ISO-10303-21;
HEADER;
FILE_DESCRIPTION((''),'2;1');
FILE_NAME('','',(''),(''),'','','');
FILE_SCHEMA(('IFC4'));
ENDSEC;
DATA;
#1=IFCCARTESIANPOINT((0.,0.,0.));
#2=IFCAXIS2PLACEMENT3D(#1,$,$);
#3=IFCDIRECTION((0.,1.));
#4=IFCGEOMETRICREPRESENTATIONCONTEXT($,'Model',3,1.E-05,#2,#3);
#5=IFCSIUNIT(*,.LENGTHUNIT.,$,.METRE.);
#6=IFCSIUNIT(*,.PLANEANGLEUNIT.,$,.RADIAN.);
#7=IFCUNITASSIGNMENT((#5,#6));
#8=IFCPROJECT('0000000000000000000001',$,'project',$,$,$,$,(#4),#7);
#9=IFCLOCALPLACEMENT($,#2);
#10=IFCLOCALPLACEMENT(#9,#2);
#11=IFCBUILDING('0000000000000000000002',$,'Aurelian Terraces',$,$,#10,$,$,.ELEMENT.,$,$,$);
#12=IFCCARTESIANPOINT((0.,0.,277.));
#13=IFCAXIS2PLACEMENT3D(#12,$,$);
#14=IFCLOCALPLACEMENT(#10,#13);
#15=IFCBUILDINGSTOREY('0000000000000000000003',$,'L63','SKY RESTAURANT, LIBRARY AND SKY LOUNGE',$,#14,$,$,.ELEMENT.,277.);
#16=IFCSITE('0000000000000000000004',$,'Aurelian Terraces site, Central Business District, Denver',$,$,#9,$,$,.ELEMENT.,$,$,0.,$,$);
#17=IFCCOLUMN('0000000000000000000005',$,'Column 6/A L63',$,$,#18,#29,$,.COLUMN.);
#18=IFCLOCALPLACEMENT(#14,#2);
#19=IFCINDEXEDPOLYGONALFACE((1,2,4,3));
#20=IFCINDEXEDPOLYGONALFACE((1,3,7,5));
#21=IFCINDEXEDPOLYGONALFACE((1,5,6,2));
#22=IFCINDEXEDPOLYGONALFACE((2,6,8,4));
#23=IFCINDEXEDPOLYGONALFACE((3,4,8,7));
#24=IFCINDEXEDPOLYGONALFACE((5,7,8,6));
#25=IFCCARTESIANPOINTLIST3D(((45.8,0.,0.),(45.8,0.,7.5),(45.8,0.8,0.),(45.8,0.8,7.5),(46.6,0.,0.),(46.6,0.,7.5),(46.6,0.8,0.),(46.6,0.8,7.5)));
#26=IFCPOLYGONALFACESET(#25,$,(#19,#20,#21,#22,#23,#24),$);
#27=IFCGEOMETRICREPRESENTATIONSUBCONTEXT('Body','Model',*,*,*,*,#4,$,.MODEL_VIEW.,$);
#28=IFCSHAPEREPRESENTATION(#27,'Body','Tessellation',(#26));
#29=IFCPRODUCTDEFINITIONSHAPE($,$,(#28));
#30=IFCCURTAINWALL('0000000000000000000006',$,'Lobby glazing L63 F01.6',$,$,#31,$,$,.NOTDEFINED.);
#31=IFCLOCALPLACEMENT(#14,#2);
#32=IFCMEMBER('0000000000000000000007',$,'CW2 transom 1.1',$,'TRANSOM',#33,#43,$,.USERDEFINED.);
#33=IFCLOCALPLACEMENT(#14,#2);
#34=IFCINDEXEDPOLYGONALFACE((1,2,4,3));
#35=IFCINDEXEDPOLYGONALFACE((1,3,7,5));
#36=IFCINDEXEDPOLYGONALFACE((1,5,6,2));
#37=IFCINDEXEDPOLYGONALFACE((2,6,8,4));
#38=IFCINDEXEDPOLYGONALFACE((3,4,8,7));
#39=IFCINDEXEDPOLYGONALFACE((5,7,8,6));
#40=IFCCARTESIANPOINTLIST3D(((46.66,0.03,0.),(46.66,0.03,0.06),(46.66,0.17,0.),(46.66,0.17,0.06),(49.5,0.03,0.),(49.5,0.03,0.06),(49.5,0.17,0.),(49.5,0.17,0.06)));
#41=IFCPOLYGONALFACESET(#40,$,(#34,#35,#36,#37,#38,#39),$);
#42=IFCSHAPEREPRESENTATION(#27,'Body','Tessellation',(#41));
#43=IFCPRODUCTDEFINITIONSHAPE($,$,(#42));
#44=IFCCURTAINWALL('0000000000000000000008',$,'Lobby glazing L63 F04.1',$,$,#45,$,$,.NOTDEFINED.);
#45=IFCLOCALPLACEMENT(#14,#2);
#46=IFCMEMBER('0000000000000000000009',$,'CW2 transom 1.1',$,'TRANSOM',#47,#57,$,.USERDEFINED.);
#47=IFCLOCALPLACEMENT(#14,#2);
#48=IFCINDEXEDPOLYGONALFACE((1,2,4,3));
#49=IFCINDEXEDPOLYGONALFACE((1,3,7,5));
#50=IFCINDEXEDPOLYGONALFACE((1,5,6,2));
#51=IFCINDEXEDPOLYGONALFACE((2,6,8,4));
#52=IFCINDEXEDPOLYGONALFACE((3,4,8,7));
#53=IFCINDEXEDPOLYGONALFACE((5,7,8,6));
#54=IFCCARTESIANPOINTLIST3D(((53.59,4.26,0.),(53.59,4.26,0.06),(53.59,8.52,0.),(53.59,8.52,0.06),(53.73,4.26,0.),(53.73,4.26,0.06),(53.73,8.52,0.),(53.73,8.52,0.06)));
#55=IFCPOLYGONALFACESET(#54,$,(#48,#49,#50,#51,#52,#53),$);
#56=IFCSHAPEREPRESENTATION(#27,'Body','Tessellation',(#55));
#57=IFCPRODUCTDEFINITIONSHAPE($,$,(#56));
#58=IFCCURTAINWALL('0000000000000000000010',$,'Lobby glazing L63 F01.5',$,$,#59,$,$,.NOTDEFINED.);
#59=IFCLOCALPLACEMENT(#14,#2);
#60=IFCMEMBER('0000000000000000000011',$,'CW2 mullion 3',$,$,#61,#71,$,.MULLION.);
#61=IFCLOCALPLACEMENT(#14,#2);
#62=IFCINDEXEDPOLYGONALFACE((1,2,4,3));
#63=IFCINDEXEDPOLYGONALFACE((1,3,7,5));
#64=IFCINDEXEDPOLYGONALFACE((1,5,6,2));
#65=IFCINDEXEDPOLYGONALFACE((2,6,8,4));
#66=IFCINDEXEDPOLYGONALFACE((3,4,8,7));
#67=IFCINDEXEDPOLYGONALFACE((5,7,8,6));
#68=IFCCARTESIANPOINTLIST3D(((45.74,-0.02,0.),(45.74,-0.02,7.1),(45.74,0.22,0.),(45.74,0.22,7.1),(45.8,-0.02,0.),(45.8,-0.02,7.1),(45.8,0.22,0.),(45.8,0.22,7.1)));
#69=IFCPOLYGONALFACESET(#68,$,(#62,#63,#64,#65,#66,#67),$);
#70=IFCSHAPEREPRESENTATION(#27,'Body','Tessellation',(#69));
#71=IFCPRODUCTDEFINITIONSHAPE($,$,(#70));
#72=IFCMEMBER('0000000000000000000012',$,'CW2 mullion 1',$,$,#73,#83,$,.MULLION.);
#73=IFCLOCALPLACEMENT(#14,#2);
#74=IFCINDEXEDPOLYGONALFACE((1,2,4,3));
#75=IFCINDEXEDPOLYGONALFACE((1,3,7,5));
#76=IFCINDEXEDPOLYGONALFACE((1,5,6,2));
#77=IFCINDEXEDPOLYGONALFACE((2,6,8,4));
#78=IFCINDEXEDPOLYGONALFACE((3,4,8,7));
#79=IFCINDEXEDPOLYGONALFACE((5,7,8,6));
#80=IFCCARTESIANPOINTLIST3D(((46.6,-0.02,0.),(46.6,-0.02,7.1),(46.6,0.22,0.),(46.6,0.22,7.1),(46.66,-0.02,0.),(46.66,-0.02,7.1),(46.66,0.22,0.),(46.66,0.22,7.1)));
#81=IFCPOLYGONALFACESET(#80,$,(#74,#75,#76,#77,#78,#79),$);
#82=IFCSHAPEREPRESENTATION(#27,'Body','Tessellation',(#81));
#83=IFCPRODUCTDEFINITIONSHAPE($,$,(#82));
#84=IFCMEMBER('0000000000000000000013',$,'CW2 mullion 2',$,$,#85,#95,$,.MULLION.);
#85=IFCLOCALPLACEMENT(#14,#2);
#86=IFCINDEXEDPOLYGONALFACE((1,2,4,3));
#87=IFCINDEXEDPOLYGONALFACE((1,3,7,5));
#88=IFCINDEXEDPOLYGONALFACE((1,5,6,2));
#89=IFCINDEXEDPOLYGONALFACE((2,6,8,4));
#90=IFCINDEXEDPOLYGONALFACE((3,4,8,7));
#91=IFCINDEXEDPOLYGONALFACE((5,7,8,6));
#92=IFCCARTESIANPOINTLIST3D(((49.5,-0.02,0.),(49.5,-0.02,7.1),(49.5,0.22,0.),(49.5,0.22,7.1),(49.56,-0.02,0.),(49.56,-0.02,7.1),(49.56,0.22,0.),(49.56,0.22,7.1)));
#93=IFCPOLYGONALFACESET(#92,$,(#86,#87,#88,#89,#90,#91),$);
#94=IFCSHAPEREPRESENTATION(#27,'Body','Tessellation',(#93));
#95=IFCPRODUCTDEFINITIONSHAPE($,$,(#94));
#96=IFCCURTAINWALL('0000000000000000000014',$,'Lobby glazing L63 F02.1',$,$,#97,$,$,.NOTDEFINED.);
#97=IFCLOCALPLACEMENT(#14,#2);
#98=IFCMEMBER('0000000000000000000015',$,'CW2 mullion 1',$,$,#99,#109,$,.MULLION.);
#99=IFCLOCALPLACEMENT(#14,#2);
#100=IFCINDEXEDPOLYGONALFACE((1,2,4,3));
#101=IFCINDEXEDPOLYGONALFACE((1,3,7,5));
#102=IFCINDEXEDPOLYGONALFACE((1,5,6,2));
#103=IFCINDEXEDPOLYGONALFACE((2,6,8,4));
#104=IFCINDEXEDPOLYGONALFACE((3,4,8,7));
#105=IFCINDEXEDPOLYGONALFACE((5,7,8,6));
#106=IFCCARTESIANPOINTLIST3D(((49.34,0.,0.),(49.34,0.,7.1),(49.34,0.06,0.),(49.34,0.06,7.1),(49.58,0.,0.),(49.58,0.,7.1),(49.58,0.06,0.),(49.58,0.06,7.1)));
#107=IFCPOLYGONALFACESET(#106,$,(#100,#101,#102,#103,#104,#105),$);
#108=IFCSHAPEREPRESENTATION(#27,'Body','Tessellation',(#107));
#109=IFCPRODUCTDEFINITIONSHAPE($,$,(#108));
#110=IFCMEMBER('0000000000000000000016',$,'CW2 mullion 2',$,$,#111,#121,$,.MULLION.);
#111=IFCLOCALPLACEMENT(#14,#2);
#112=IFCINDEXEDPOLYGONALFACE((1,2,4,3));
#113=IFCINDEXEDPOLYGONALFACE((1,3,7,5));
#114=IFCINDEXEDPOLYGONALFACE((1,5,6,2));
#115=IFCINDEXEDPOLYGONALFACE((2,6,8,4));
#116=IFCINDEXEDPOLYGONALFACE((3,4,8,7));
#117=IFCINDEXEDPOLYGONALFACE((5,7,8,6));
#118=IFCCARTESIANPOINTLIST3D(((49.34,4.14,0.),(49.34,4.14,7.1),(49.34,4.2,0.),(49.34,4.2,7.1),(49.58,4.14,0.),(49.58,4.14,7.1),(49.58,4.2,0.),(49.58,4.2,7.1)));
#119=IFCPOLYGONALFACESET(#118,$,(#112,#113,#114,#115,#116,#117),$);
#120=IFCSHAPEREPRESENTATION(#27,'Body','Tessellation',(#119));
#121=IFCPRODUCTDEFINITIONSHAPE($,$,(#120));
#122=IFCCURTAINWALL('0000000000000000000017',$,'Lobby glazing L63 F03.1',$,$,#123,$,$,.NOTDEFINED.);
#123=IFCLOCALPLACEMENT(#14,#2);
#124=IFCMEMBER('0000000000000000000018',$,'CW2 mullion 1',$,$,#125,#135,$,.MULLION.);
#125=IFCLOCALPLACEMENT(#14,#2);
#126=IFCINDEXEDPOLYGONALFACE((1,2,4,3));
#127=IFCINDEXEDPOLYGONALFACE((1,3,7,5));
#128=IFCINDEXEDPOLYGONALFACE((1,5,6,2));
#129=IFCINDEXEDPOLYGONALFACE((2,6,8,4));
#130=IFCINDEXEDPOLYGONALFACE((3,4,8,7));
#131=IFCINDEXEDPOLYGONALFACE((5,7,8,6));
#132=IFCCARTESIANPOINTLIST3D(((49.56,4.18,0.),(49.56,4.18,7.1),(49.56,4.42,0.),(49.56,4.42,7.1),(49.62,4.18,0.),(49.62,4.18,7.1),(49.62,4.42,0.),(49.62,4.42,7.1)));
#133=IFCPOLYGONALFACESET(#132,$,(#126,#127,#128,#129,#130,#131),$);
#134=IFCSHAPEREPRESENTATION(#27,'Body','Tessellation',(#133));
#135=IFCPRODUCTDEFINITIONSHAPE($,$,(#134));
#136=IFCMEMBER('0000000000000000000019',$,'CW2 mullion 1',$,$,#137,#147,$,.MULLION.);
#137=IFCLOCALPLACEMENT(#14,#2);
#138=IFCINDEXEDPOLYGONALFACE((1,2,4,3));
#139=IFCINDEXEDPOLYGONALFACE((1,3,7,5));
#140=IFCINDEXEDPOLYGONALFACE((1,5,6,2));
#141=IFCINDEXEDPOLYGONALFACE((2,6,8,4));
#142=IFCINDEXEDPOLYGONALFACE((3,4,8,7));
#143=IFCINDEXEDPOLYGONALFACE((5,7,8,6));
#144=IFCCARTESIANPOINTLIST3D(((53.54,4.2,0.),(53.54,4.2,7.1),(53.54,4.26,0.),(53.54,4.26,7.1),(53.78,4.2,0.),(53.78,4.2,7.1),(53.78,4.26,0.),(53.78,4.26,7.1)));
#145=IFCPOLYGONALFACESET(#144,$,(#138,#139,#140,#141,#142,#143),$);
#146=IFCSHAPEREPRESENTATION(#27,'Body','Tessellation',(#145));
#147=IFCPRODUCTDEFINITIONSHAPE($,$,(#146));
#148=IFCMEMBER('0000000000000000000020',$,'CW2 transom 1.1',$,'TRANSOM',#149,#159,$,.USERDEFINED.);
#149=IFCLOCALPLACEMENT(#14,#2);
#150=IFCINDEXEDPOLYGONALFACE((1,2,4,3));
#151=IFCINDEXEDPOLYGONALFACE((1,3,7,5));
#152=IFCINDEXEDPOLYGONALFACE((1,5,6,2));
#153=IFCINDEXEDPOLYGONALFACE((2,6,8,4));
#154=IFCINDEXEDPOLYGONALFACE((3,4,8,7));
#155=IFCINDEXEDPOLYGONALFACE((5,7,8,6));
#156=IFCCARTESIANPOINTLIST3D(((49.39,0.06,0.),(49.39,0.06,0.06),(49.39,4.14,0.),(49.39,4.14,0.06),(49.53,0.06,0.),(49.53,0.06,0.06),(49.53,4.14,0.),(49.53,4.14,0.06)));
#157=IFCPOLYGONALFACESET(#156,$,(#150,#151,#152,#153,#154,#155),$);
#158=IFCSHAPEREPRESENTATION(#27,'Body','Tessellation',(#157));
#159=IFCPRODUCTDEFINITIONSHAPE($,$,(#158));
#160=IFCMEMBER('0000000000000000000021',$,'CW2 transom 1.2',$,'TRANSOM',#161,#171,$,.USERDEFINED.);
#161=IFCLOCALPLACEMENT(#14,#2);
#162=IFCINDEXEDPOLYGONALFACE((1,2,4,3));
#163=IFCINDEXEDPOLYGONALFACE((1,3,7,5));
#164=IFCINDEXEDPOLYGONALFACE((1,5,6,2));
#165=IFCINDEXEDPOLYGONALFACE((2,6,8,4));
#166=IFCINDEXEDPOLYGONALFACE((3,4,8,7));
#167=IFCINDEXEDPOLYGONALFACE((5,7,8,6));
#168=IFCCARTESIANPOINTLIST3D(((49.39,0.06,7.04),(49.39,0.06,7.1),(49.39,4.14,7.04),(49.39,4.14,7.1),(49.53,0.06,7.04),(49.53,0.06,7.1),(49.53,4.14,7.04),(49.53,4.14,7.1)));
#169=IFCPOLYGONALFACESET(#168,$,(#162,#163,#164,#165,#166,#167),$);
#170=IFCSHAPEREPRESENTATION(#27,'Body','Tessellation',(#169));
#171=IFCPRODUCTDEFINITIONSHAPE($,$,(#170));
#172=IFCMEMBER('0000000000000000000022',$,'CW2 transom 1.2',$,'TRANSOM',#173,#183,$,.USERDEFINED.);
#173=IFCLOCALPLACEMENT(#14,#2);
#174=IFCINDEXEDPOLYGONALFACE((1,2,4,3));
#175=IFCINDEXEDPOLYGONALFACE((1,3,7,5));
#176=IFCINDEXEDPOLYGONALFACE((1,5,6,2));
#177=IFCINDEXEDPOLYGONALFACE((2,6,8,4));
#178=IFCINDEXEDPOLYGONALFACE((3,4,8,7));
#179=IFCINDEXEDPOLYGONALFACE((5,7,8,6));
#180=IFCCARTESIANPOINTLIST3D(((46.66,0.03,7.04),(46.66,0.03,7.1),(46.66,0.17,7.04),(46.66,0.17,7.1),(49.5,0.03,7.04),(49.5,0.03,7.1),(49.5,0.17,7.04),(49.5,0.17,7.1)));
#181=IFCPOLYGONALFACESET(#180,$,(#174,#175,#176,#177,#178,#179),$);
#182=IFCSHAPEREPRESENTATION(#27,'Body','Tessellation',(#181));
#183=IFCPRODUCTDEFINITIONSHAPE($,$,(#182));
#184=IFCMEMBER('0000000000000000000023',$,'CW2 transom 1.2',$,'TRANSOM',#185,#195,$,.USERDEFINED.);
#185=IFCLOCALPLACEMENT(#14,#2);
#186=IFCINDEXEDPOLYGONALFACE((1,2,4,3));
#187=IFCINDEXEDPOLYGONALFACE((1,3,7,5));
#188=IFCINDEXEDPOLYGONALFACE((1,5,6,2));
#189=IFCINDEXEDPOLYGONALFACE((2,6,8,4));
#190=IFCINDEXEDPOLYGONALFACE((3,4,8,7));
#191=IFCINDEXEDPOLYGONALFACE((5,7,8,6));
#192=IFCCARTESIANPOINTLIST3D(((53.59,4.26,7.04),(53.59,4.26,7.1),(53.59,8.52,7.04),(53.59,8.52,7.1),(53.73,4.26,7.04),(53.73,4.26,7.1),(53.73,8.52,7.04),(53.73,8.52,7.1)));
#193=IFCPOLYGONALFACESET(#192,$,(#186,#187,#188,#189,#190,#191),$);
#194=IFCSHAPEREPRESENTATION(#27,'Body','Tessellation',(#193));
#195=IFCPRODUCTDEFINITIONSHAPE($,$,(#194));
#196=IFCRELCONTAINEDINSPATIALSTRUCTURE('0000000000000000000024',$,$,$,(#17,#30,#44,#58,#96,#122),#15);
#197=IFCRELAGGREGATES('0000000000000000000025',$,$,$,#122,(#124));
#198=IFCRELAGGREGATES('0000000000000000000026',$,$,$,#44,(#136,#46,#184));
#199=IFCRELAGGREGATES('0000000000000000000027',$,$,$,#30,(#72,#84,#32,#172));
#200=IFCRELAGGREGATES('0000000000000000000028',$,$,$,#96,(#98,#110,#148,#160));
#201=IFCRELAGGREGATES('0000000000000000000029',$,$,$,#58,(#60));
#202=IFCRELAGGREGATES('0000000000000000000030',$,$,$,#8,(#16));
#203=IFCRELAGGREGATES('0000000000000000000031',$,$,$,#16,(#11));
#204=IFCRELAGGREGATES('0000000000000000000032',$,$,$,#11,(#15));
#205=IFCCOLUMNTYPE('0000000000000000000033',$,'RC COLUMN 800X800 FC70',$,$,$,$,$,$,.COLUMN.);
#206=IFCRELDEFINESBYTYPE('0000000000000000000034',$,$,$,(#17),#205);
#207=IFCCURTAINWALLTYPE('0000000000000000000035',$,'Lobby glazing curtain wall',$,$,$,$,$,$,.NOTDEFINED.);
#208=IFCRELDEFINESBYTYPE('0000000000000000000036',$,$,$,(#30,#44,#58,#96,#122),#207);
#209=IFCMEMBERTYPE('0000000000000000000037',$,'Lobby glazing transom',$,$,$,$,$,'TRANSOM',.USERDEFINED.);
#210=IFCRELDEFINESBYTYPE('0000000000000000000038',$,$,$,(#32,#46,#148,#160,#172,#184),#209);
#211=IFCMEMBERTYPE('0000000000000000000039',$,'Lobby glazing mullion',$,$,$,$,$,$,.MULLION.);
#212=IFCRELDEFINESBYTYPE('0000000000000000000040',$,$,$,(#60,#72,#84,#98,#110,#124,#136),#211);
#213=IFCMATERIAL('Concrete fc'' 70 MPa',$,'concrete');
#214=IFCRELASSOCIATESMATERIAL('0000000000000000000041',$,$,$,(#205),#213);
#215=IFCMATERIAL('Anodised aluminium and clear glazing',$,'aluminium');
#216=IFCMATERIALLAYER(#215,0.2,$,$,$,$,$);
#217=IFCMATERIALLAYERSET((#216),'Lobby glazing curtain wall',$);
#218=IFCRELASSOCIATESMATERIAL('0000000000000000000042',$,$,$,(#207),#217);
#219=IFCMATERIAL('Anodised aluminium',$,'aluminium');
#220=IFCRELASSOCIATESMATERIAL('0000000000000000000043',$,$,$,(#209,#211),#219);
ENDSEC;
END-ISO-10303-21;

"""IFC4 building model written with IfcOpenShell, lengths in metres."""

from ifc_helpers import new_model, si_unit, direction, frame, origin, origin_2d, place, context, subcontext, project, spatial, rectangle, extrude, source, transform, mapped, material, layer, layer_set, material_profile, profile_set, type_object, element, aggregate, save


model = new_model("IFC4")

# Units and contexts
model_context = context("Model", 3, precision=1e-05, world=origin(), true_north=direction((0.0, 1.0)))
body_context = subcontext(model_context, "Body", "Model", "MODEL_VIEW")
ifc_project = project(units=[si_unit("LENGTHUNIT", "METRE"), si_unit("PLANEANGLEUNIT", "RADIAN")], contexts=[model_context])

# Site, building, storey
site_placement = place(None, origin())
site = spatial("IfcSite", under=ifc_project, at=site_placement, Name="Aurelian Terraces site, Central Business District, Denver", CompositionType="ELEMENT", RefElevation=0.0)
building_placement = place(site_placement, origin())
building = spatial("IfcBuilding", under=site, at=building_placement, Name="Aurelian Terraces", CompositionType="ELEMENT")
storey_placement = place(building_placement, frame((0.0, 0.0, 277.0)))
storey = spatial("IfcBuildingStorey", under=building, at=storey_placement, Name="L63", Description="SKY RESTAURANT, LIBRARY AND SKY LOUNGE", CompositionType="ELEMENT", Elevation=277.0)

# Column
ifc_material_1 = material(Name="Concrete fc' 70 MPa", Category="concrete")
ifc_material_profile_1 = material_profile(ifc_material_1, rectangle(XDim=0.8, YDim=0.8, at=origin_2d()))
ifc_profile_set_1 = profile_set([ifc_material_profile_1], Name="Concrete fc' 70 MPa")
column_type = type_object("IfcColumnType", Name="RC COLUMN 800X800 FC70", PredefinedType="COLUMN", material=ifc_profile_set_1)
shared_shape_1 = source(origin(), body_context, "Body", "SweptSolid", [
    extrude(rectangle(XDim=0.8, YDim=0.8, at=origin_2d()), origin(), (0.0, 0.0, 1.0), 7.5),
])
column_placement = place(storey_placement, frame((46.2, 0.4, 0.0), z_axis=(0.0, 0.0, 1.0), x_axis=(1.0, 0.0, 0.0)))
element("IfcColumn", 1, at=column_placement, inside=storey, type_object=column_type, Name="Column 6/A L63", PredefinedType="COLUMN", context=body_context, shape_type="MappedRepresentation", body=[
    mapped(shared_shape_1, transform((0.0, 0.0, 0.0), scale=1.0)),
])

# Curtain walls, members
ifc_material_2 = material(Name="Anodised aluminium and clear glazing", Category="aluminium")
ifc_layer_1 = layer(ifc_material_2, 0.2)
ifc_layer_set_1 = layer_set([ifc_layer_1], Name="Lobby glazing curtain wall")
curtain_wall_type = type_object("IfcCurtainWallType", Name="Lobby glazing curtain wall", PredefinedType="NOTDEFINED", material=ifc_layer_set_1)
curtain_wall_1_placement = place(storey_placement, origin())
curtain_wall_1 = element("IfcCurtainWall", 2, at=curtain_wall_1_placement, inside=storey, type_object=curtain_wall_type, Name="Lobby glazing L63 F01.6", PredefinedType="NOTDEFINED")
ifc_material_3 = material(Name="Anodised aluminium", Category="aluminium")
ifc_material_profile_2 = material_profile(ifc_material_3, rectangle(XDim=0.14, YDim=0.06, at=origin_2d()))
ifc_profile_set_2 = profile_set([ifc_material_profile_2], Name="Anodised aluminium")
member_type_1 = type_object("IfcMemberType", Name="Lobby glazing transom", ElementType="TRANSOM", PredefinedType="USERDEFINED", material=ifc_profile_set_2)
member_1_placement = place(storey_placement, frame((46.66, 0.1, 0.03), z_axis=(1.0, 0.0, 0.0), x_axis=(0.0, 1.0, 0.0)))
member_1 = element("IfcMember", 3, at=member_1_placement, type_object=member_type_1, Name="CW2 transom 1.1", ObjectType="TRANSOM", PredefinedType="USERDEFINED", context=body_context, shape_type="SweptSolid", body=[
    extrude(rectangle(XDim=0.14, YDim=0.06, at=origin_2d()), origin(), (0.0, 0.0, 1.0), 2.84),
])
curtain_wall_2_placement = place(storey_placement, origin())
curtain_wall_2 = element("IfcCurtainWall", 4, at=curtain_wall_2_placement, inside=storey, type_object=curtain_wall_type, Name="Lobby glazing L63 F04.1", PredefinedType="NOTDEFINED")
member_2_placement = place(storey_placement, frame((53.66, 4.26, 0.03), z_axis=(0.0, 1.0, 0.0), x_axis=(-1.0, 0.0, 0.0)))
member_2 = element("IfcMember", 5, at=member_2_placement, type_object=member_type_1, Name="CW2 transom 1.1", ObjectType="TRANSOM", PredefinedType="USERDEFINED", context=body_context, shape_type="SweptSolid", body=[
    extrude(rectangle(XDim=0.14, YDim=0.06, at=origin_2d()), origin(), (0.0, 0.0, 1.0), 4.26),
])
curtain_wall_3_placement = place(storey_placement, origin())
curtain_wall_3 = element("IfcCurtainWall", 6, at=curtain_wall_3_placement, inside=storey, type_object=curtain_wall_type, Name="Lobby glazing L63 F01.5", PredefinedType="NOTDEFINED")
ifc_material_profile_3 = material_profile(ifc_material_3, rectangle(XDim=0.24, YDim=0.06, at=origin_2d()))
ifc_profile_set_3 = profile_set([ifc_material_profile_3], Name="Anodised aluminium")
member_type_2 = type_object("IfcMemberType", Name="Lobby glazing mullion", PredefinedType="MULLION", material=ifc_profile_set_3)
shared_shape_2 = source(origin(), body_context, "Body", "SweptSolid", [
    extrude(rectangle(XDim=0.24, YDim=0.06, at=origin_2d()), origin(), (0.0, 0.0, 1.0), 7.1),
])
member_3_placement = place(storey_placement, frame((45.77, 0.1, 0.0), z_axis=(0.0, 0.0, 1.0), x_axis=(0.0, 1.0, 0.0)))
member_3 = element("IfcMember", 7, at=member_3_placement, type_object=member_type_2, Name="CW2 mullion 3", PredefinedType="MULLION", context=body_context, shape_type="MappedRepresentation", body=[
    mapped(shared_shape_2, transform((0.0, 0.0, 0.0), scale=1.0)),
])

# Members
member_4_placement = place(storey_placement, frame((46.63, 0.1, 0.0), z_axis=(0.0, 0.0, 1.0), x_axis=(0.0, 1.0, 0.0)))
member_4 = element("IfcMember", 8, at=member_4_placement, type_object=member_type_2, Name="CW2 mullion 1", PredefinedType="MULLION", context=body_context, shape_type="MappedRepresentation", body=[
    mapped(shared_shape_2, transform((0.0, 0.0, 0.0), scale=1.0)),
])
member_5_placement = place(storey_placement, frame((49.53, 0.1, 0.0), z_axis=(0.0, 0.0, 1.0), x_axis=(0.0, 1.0, 0.0)))
member_5 = element("IfcMember", 9, at=member_5_placement, type_object=member_type_2, Name="CW2 mullion 2", PredefinedType="MULLION", context=body_context, shape_type="MappedRepresentation", body=[
    mapped(shared_shape_2, transform((0.0, 0.0, 0.0), scale=1.0)),
])

# Curtain wall, members
curtain_wall_4_placement = place(storey_placement, origin())
curtain_wall_4 = element("IfcCurtainWall", 10, at=curtain_wall_4_placement, inside=storey, type_object=curtain_wall_type, Name="Lobby glazing L63 F02.1", PredefinedType="NOTDEFINED")
member_6_placement = place(storey_placement, frame((49.46, 0.03, 0.0), z_axis=(0.0, 0.0, 1.0), x_axis=(-1.0, 0.0, 0.0)))
member_6 = element("IfcMember", 11, at=member_6_placement, type_object=member_type_2, Name="CW2 mullion 1", PredefinedType="MULLION", context=body_context, shape_type="MappedRepresentation", body=[
    mapped(shared_shape_2, transform((0.0, 0.0, 0.0), scale=1.0)),
])
member_7_placement = place(storey_placement, frame((49.46, 4.17, 0.0), z_axis=(0.0, 0.0, 1.0), x_axis=(-1.0, 0.0, 0.0)))
member_7 = element("IfcMember", 12, at=member_7_placement, type_object=member_type_2, Name="CW2 mullion 2", PredefinedType="MULLION", context=body_context, shape_type="MappedRepresentation", body=[
    mapped(shared_shape_2, transform((0.0, 0.0, 0.0), scale=1.0)),
])

# Curtain wall, member
curtain_wall_5_placement = place(storey_placement, origin())
curtain_wall_5 = element("IfcCurtainWall", 13, at=curtain_wall_5_placement, inside=storey, type_object=curtain_wall_type, Name="Lobby glazing L63 F03.1", PredefinedType="NOTDEFINED")
member_8_placement = place(storey_placement, frame((49.59, 4.3, 0.0), z_axis=(0.0, 0.0, 1.0), x_axis=(0.0, 1.0, 0.0)))
member_8 = element("IfcMember", 14, at=member_8_placement, type_object=member_type_2, Name="CW2 mullion 1", PredefinedType="MULLION", context=body_context, shape_type="MappedRepresentation", body=[
    mapped(shared_shape_2, transform((0.0, 0.0, 0.0), scale=1.0)),
])
aggregate(curtain_wall_5, [member_8])

# Members
member_9_placement = place(storey_placement, frame((53.66, 4.23, 0.0), z_axis=(0.0, 0.0, 1.0), x_axis=(-1.0, 0.0, 0.0)))
member_9 = element("IfcMember", 15, at=member_9_placement, type_object=member_type_2, Name="CW2 mullion 1", PredefinedType="MULLION", context=body_context, shape_type="MappedRepresentation", body=[
    mapped(shared_shape_2, transform((0.0, 0.0, 0.0), scale=1.0)),
])
shared_shape_3 = source(origin(), body_context, "Body", "SweptSolid", [
    extrude(rectangle(XDim=0.14, YDim=0.06, at=origin_2d()), origin(), (0.0, 0.0, 1.0), 4.08),
])
member_10_placement = place(storey_placement, frame((49.46, 0.06, 0.03), z_axis=(0.0, 1.0, 0.0), x_axis=(-1.0, 0.0, 0.0)))
member_10 = element("IfcMember", 16, at=member_10_placement, type_object=member_type_1, Name="CW2 transom 1.1", ObjectType="TRANSOM", PredefinedType="USERDEFINED", context=body_context, shape_type="MappedRepresentation", body=[
    mapped(shared_shape_3, transform((0.0, 0.0, 0.0), scale=1.0)),
])
member_11_placement = place(storey_placement, frame((49.46, 0.06, 7.07), z_axis=(0.0, 1.0, 0.0), x_axis=(-1.0, 0.0, 0.0)))
member_11 = element("IfcMember", 17, at=member_11_placement, type_object=member_type_1, Name="CW2 transom 1.2", ObjectType="TRANSOM", PredefinedType="USERDEFINED", context=body_context, shape_type="MappedRepresentation", body=[
    mapped(shared_shape_3, transform((0.0, 0.0, 0.0), scale=1.0)),
])
shared_shape_4 = source(origin(), body_context, "Body", "SweptSolid", [
    extrude(rectangle(XDim=0.14, YDim=0.06, at=origin_2d()), origin(), (0.0, 0.0, 1.0), 2.84),
])
member_12_placement = place(storey_placement, frame((46.66, 0.1, 7.07), z_axis=(1.0, 0.0, 0.0), x_axis=(0.0, 1.0, 0.0)))
member_12 = element("IfcMember", 18, at=member_12_placement, type_object=member_type_1, Name="CW2 transom 1.2", ObjectType="TRANSOM", PredefinedType="USERDEFINED", context=body_context, shape_type="MappedRepresentation", body=[
    mapped(shared_shape_4, transform((0.0, 0.0, 0.0), scale=1.0)),
])
shared_shape_5 = source(origin(), body_context, "Body", "SweptSolid", [
    extrude(rectangle(XDim=0.14, YDim=0.06, at=origin_2d()), origin(), (0.0, 0.0, 1.0), 4.26),
])
member_13_placement = place(storey_placement, frame((53.66, 4.26, 7.07), z_axis=(0.0, 1.0, 0.0), x_axis=(-1.0, 0.0, 0.0)))
member_13 = element("IfcMember", 19, at=member_13_placement, type_object=member_type_1, Name="CW2 transom 1.2", ObjectType="TRANSOM", PredefinedType="USERDEFINED", context=body_context, shape_type="MappedRepresentation", body=[
    mapped(shared_shape_5, transform((0.0, 0.0, 0.0), scale=1.0)),
])
aggregate(curtain_wall_2, [member_9, member_2, member_13])

aggregate(curtain_wall_1, [member_4, member_5, member_1, member_12])
aggregate(curtain_wall_4, [member_6, member_7, member_10, member_11])
aggregate(curtain_wall_3, [member_3])

save(model, "model.ifc")
